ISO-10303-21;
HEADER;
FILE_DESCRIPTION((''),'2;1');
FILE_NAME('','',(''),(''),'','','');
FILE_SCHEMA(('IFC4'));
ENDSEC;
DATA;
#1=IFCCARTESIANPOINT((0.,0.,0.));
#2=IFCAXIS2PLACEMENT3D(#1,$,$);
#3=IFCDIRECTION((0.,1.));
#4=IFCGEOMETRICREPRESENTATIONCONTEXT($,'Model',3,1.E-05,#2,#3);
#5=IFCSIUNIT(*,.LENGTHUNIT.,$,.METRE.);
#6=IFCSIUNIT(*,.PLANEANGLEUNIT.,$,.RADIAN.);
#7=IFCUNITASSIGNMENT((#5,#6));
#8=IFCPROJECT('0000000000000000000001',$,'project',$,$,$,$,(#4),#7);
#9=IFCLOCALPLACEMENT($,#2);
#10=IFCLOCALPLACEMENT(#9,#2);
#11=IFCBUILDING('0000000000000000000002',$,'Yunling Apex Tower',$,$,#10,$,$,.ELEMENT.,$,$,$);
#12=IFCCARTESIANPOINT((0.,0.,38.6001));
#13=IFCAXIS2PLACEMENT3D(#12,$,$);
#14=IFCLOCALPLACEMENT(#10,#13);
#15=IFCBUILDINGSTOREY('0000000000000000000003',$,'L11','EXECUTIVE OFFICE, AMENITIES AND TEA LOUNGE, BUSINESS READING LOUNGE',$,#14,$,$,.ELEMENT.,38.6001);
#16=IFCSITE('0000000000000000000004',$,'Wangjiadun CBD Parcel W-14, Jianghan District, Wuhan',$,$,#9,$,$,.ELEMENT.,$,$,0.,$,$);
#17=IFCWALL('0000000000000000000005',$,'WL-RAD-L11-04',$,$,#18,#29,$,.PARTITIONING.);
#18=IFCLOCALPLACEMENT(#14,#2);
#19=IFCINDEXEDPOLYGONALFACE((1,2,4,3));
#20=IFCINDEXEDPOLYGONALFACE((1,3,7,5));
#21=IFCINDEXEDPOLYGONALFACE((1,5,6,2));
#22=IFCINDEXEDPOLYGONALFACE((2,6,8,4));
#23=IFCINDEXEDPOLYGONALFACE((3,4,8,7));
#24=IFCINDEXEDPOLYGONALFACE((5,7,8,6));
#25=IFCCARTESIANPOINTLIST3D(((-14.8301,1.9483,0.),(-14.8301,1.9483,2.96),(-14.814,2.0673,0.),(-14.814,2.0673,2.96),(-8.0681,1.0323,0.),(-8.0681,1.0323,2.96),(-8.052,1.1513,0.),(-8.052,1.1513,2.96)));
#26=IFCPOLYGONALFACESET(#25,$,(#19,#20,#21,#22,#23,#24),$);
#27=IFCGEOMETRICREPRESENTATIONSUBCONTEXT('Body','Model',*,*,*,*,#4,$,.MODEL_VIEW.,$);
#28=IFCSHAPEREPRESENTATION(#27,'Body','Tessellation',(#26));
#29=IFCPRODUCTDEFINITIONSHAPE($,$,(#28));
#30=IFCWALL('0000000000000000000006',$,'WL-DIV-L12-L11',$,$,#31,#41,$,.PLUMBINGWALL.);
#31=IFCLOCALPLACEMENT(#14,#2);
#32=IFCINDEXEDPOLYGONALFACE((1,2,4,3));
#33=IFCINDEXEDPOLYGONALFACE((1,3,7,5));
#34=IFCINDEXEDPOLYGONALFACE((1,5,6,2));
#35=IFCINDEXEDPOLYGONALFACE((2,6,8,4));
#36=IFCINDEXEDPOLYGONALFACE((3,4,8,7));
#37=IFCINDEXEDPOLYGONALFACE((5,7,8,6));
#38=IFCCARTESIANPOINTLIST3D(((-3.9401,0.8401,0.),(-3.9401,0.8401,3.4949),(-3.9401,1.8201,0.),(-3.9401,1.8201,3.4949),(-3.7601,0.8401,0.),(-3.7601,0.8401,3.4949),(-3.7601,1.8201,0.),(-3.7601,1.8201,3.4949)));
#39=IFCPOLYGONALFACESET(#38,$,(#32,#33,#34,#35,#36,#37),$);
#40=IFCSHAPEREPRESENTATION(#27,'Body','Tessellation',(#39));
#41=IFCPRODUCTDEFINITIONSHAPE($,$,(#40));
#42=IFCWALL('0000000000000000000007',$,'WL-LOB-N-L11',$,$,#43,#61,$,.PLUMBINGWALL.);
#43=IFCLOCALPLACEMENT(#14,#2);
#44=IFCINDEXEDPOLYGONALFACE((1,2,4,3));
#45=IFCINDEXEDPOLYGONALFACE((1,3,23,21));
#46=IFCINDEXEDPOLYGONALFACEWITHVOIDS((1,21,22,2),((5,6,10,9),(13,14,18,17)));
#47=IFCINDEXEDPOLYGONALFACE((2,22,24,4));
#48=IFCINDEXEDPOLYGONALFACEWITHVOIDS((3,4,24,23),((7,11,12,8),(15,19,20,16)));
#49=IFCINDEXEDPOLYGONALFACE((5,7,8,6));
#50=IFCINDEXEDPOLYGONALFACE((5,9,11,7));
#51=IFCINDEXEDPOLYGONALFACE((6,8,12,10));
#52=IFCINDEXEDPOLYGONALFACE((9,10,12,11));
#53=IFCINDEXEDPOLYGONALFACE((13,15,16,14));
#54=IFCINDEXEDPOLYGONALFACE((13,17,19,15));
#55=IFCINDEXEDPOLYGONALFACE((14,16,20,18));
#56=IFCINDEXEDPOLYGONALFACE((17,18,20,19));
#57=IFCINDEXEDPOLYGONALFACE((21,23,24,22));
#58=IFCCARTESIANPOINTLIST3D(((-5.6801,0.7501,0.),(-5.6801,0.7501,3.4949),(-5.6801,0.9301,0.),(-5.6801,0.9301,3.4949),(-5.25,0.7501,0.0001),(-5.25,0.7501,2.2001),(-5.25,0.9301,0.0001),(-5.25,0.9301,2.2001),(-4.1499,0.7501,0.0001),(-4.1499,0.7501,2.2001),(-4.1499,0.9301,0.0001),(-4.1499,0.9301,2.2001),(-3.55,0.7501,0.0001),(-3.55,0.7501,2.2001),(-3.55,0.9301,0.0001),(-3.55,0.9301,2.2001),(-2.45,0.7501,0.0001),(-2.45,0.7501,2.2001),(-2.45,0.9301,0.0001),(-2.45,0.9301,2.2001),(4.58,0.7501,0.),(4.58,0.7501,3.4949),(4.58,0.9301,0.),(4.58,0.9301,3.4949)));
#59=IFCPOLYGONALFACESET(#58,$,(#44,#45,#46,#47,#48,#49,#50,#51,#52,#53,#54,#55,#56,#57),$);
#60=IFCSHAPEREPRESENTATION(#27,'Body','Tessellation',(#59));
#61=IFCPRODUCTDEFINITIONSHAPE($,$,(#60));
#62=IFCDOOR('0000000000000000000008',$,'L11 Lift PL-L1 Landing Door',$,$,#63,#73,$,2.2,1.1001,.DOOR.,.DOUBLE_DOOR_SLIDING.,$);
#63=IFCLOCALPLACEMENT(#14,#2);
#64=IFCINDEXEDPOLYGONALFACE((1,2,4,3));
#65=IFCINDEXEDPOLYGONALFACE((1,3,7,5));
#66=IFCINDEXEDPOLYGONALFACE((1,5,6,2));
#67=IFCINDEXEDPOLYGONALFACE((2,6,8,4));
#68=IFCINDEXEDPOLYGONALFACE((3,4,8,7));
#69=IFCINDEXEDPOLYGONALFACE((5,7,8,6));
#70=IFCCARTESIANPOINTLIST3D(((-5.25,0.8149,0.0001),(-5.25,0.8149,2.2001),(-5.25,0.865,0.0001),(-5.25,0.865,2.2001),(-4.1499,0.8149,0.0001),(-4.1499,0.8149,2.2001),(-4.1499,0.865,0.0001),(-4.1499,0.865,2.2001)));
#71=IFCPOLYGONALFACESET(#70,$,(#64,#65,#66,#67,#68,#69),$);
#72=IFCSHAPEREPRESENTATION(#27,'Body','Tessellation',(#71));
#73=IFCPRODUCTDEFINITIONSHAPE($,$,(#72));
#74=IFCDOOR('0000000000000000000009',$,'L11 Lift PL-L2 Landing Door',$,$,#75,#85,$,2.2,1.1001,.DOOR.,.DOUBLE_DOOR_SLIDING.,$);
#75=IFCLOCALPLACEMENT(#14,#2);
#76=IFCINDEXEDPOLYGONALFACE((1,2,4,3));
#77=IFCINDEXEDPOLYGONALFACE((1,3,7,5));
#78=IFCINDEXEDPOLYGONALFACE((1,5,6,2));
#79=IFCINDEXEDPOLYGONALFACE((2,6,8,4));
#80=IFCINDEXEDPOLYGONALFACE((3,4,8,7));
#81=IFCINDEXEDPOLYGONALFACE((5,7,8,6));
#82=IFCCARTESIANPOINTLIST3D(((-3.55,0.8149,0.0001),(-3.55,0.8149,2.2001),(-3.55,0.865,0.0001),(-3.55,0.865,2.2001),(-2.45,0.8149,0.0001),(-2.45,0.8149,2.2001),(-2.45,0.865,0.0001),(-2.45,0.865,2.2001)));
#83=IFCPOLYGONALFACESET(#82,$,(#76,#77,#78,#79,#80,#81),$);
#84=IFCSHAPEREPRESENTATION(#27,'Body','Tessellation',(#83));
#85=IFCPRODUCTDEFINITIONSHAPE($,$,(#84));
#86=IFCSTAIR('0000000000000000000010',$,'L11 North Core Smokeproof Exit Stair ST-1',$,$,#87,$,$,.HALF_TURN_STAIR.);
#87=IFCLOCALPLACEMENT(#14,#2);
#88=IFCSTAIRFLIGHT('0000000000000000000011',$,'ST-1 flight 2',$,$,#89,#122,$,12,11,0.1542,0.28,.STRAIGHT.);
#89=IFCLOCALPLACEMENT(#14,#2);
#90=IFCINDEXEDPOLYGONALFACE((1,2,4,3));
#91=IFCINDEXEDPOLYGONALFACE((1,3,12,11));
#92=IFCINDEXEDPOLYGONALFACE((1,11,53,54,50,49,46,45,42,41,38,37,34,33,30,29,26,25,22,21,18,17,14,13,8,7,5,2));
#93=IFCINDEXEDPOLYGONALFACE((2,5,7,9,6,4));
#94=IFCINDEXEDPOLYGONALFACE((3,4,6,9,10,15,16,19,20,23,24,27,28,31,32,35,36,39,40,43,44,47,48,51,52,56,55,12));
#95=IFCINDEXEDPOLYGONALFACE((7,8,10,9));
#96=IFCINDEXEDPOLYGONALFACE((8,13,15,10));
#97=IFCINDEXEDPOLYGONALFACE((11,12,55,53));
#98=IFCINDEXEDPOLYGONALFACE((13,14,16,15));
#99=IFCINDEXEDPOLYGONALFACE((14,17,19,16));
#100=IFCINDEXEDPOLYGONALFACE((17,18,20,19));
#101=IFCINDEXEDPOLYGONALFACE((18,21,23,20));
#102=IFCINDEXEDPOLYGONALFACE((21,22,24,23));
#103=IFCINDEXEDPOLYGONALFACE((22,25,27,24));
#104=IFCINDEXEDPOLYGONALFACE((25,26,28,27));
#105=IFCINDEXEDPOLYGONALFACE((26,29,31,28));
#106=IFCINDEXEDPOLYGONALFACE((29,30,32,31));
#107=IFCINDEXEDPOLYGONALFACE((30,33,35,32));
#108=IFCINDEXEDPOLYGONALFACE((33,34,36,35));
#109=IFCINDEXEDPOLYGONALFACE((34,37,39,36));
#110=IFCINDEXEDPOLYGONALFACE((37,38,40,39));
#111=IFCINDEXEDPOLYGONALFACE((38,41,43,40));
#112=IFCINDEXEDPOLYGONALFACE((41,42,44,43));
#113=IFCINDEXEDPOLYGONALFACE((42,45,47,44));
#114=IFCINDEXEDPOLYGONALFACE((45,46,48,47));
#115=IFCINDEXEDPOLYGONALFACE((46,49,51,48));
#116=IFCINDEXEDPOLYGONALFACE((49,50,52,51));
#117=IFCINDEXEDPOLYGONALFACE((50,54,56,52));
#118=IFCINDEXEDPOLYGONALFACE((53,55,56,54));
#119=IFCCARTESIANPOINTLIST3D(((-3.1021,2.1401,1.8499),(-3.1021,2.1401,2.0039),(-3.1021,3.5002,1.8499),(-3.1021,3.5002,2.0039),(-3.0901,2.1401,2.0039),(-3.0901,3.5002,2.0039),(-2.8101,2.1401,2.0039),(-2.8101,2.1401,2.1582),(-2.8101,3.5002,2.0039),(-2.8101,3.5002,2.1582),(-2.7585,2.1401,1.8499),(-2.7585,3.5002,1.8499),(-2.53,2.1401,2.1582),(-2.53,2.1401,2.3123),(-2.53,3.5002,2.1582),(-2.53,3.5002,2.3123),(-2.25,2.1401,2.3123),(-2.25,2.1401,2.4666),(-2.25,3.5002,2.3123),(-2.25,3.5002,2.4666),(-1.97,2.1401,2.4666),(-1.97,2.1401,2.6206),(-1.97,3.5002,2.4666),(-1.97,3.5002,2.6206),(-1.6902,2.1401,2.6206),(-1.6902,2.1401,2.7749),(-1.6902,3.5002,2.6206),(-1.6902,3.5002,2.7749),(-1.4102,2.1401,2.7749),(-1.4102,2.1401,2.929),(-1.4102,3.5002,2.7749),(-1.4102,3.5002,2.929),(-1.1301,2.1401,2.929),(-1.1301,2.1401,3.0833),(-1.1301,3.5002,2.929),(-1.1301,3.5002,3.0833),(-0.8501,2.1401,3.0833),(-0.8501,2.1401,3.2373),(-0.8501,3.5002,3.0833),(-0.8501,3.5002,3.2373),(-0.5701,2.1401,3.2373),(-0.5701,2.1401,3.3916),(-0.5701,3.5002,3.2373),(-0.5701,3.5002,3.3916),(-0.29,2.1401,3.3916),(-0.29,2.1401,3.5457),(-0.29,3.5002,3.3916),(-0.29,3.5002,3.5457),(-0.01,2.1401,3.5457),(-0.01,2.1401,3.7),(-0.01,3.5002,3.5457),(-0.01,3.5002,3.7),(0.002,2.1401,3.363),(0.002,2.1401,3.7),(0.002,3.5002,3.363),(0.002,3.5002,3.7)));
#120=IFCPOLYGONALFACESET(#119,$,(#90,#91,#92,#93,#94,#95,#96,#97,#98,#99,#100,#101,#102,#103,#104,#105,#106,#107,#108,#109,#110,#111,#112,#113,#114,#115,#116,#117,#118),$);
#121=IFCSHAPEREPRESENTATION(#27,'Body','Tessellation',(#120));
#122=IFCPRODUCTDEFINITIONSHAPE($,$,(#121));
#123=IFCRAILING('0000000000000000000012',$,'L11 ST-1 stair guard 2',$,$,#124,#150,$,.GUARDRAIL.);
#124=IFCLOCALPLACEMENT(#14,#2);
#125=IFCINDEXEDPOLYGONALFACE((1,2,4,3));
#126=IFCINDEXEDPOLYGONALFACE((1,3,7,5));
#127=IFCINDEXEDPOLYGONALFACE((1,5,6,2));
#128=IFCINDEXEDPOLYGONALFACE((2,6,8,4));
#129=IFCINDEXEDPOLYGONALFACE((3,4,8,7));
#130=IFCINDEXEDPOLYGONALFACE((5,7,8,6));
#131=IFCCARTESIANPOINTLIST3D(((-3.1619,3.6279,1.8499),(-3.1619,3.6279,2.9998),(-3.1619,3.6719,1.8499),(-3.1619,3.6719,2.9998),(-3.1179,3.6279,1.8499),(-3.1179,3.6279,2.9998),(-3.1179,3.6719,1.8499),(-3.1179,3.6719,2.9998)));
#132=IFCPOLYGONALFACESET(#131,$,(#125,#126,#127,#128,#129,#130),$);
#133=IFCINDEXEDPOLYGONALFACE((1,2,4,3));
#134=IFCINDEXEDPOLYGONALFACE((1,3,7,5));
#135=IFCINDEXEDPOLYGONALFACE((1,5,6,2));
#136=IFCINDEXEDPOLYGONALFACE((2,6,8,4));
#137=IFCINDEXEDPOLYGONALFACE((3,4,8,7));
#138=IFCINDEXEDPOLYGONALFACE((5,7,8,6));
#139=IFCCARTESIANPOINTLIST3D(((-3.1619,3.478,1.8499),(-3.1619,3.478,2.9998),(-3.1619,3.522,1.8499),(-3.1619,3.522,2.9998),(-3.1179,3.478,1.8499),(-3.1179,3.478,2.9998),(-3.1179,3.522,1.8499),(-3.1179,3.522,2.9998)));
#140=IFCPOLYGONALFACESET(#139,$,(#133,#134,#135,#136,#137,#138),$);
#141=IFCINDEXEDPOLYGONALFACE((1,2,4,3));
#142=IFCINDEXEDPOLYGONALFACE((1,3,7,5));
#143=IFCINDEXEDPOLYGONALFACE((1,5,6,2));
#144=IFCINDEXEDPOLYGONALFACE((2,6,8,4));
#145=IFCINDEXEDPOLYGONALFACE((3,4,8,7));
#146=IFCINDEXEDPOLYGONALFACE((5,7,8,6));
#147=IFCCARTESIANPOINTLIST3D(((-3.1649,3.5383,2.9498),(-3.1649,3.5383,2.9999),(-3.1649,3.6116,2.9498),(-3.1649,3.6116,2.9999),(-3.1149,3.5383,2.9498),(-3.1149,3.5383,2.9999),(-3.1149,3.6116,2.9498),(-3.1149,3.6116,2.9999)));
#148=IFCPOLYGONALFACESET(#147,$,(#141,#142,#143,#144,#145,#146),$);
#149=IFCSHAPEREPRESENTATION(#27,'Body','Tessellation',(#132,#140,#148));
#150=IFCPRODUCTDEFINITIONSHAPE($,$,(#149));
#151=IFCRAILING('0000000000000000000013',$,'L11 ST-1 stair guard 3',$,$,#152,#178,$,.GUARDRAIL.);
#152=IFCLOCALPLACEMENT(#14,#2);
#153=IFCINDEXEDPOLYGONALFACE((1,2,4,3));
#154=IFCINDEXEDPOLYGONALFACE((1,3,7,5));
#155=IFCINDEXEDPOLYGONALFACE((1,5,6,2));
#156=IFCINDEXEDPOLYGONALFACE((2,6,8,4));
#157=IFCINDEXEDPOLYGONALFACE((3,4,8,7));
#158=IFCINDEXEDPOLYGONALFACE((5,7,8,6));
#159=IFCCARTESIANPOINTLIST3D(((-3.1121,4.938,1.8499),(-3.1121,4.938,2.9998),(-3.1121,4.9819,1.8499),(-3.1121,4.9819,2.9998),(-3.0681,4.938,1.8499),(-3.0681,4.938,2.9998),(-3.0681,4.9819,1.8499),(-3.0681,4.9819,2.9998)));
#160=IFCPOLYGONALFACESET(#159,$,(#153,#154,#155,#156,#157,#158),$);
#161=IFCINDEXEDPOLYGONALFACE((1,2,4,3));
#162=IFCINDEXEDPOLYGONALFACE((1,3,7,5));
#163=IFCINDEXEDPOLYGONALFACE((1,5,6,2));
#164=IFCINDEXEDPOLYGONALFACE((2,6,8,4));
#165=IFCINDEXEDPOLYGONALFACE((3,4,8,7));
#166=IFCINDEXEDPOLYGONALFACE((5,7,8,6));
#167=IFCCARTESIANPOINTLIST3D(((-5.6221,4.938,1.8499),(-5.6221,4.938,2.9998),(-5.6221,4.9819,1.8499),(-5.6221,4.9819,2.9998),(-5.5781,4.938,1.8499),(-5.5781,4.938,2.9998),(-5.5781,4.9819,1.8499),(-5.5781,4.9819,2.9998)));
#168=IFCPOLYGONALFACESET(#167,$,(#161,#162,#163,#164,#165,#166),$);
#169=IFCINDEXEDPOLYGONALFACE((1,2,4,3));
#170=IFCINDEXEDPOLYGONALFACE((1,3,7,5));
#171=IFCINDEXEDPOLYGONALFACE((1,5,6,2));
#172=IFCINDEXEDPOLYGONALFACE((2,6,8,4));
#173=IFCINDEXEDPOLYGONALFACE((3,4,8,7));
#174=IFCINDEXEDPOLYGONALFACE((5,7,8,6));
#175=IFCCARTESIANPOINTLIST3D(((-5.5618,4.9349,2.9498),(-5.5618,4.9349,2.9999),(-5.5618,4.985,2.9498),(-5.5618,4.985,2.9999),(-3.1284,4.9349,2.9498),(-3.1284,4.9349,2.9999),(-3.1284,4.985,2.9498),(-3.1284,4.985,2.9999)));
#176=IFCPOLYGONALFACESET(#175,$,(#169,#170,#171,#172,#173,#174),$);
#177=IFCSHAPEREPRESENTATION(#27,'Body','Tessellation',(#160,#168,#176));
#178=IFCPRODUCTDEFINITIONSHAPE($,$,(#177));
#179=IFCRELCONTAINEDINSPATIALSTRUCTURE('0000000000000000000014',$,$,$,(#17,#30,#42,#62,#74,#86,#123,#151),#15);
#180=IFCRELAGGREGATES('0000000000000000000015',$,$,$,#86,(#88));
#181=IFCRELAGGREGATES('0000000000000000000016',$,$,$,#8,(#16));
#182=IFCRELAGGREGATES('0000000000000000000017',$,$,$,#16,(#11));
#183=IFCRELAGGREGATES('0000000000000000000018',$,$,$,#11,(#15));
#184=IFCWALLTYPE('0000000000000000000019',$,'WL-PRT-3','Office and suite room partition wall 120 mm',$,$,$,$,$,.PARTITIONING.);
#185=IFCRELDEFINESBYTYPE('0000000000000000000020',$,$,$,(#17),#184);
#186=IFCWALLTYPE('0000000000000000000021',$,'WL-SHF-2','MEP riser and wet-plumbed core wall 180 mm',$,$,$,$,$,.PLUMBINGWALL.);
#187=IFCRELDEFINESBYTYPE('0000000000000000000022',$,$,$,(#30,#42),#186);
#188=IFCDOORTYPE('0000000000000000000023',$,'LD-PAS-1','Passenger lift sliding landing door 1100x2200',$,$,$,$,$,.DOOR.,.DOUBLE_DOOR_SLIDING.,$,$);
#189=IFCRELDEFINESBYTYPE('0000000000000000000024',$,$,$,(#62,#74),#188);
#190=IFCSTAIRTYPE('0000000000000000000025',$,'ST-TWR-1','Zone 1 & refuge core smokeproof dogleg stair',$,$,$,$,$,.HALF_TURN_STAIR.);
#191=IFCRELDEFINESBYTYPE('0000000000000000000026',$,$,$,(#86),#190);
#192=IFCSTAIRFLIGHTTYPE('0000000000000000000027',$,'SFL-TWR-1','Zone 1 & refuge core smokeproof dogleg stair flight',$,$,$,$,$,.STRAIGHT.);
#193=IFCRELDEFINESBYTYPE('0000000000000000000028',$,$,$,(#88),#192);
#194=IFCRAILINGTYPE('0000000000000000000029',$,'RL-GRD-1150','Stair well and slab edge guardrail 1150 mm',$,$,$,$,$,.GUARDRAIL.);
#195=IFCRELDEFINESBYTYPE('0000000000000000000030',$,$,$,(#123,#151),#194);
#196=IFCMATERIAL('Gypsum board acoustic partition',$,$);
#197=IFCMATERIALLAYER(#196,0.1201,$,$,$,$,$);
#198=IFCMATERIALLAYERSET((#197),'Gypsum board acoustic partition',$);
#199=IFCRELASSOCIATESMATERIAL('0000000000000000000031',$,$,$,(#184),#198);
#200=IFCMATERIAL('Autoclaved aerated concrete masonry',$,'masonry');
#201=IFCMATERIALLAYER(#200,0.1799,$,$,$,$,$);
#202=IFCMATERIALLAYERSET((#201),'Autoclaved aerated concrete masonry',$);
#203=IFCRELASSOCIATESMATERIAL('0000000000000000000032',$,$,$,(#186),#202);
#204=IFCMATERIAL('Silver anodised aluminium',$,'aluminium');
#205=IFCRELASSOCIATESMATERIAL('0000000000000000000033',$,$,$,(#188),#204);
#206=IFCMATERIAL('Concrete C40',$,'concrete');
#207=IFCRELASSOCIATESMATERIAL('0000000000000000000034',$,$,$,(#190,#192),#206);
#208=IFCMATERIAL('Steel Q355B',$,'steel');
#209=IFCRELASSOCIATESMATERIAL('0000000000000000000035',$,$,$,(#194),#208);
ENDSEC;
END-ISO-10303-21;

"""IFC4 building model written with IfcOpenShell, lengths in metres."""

from ifc_helpers import new_model, si_unit, direction, frame, frame_2d, origin, origin_2d, place, context, subcontext, project, spatial, polyline, rectangle, outline, extrude, material, layer, layer_set, type_object, element, fill, aggregate, save


model = new_model("IFC4")

# Units and contexts
model_context = context("Model", 3, precision=1e-05, world=origin(), true_north=direction((0.0, 1.0)))
body_context = subcontext(model_context, "Body", "Model", "MODEL_VIEW")
ifc_project = project(units=[si_unit("LENGTHUNIT", "METRE"), si_unit("PLANEANGLEUNIT", "RADIAN")], contexts=[model_context])

# Site, building, storey
site_placement = place(None, origin())
site = spatial("IfcSite", under=ifc_project, at=site_placement, Name="Wangjiadun CBD Parcel W-14, Jianghan District, Wuhan", CompositionType="ELEMENT", RefElevation=0.0)
building_placement = place(site_placement, origin())
building = spatial("IfcBuilding", under=site, at=building_placement, Name="Yunling Apex Tower", CompositionType="ELEMENT")
storey_placement = place(building_placement, frame((0.0, 0.0, 38.6001)))
storey = spatial("IfcBuildingStorey", under=building, at=storey_placement, Name="L11", Description="EXECUTIVE OFFICE, AMENITIES AND TEA LOUNGE, BUSINESS READING LOUNGE", CompositionType="ELEMENT", Elevation=38.6001)

# Shared definitions
ifc_material_1 = material(Name="Steel Q355B", Category="steel")

# Walls
ifc_material_2 = material(Name="Concrete C40", Category="concrete")
ifc_material_3 = material(Name="Gypsum board acoustic partition")
ifc_layer_1 = layer(ifc_material_3, 0.1201)
ifc_layer_set_1 = layer_set([ifc_layer_1], Name="Gypsum board acoustic partition")
wall_type_1 = type_object("IfcWallType", Name="WL-PRT-3", Description="Office and suite room partition wall 120 mm", PredefinedType="PARTITIONING", material=ifc_layer_set_1)
wall_1_placement = place(storey_placement, frame((-8.0601, 1.0918, 0.0), z_axis=(0.0, 0.0, 1.0), x_axis=(-0.990949, 0.13424, 0.0)))
element("IfcWall", 1, at=wall_1_placement, inside=storey, type_object=wall_type_1, Name="WL-RAD-L11-04", PredefinedType="PARTITIONING", context=body_context, shape_type="SweptSolid", body=[
    extrude(rectangle(XDim=6.8237, YDim=0.1201, at=frame_2d((3.4119, 0.0))), origin(), (0.0, 0.0, 1.0), 2.96),
])
ifc_material_4 = material(Name="Autoclaved aerated concrete masonry", Category="masonry")
ifc_layer_2 = layer(ifc_material_4, 0.1799)
ifc_layer_set_2 = layer_set([ifc_layer_2], Name="Autoclaved aerated concrete masonry")
wall_type_2 = type_object("IfcWallType", Name="WL-SHF-2", Description="MEP riser and wet-plumbed core wall 180 mm", PredefinedType="PLUMBINGWALL", material=ifc_layer_set_2)
wall_2_placement = place(storey_placement, frame((-3.8501, 0.8401, 0.0), z_axis=(0.0, 0.0, 1.0), x_axis=(0.0, 1.0, 0.0)))
element("IfcWall", 2, at=wall_2_placement, inside=storey, type_object=wall_type_2, Name="WL-DIV-L12-L11", PredefinedType="PLUMBINGWALL", context=body_context, shape_type="SweptSolid", body=[
    extrude(rectangle(XDim=0.98, YDim=0.1799, at=frame_2d((0.49, 0.0))), origin(), (0.0, 0.0, 1.0), 3.4949),
])

# Wall, openings, doors
wall_3_placement = place(storey_placement, frame((-5.6799, 0.8401, 0.0), z_axis=(0.0, 0.0, 1.0), x_axis=(1.0, 0.0, 0.0)))
wall_3 = element("IfcWall", 3, at=wall_3_placement, inside=storey, type_object=wall_type_2, Name="WL-LOB-N-L11", PredefinedType="PLUMBINGWALL", context=body_context, shape_type="SweptSolid", body=[
    extrude(rectangle(XDim=10.26, YDim=0.1799, at=frame_2d((5.1299, 0.0))), origin(), (0.0, 0.0, 1.0), 3.4949),
])
opening_1_placement = place(wall_3_placement, frame((0.4299, 0.0, 0.0)))
opening_1 = element("IfcOpeningElement", 4, at=opening_1_placement, cuts=wall_3, PredefinedType="OPENING", context=body_context, shape_type="SweptSolid", body=[
    extrude(rectangle(XDim=1.1001, YDim=2.2, at=frame_2d((0.55, 1.1001))), frame((0.0, 0.1001, 0.0), z_axis=(0.0, -1.0, 0.0), x_axis=(1.0, 0.0, 0.0)), (0.0, 0.0, 1.0), 0.2),
])
opening_2_placement = place(wall_3_placement, frame((2.1299, 0.0, 0.0)))
opening_2 = element("IfcOpeningElement", 5, at=opening_2_placement, cuts=wall_3, PredefinedType="OPENING", context=body_context, shape_type="SweptSolid", body=[
    extrude(rectangle(XDim=1.1001, YDim=2.2, at=frame_2d((0.55, 1.1001))), frame((0.0, 0.1001, 0.0), z_axis=(0.0, -1.0, 0.0), x_axis=(1.0, 0.0, 0.0)), (0.0, 0.0, 1.0), 0.2),
])
ifc_material_5 = material(Name="Silver anodised aluminium", Category="aluminium")
door_type_1 = type_object("IfcDoorType", Name="LD-PAS-1", Description="Passenger lift sliding landing door 1100x2200", OperationType="DOUBLE_DOOR_SLIDING", PredefinedType="DOOR", material=ifc_material_5)
door_1_placement = place(opening_1_placement, origin())
door_1 = element("IfcDoor", 6, at=door_1_placement, inside=storey, type_object=door_type_1, Name="L11 Lift PL-L1 Landing Door", OperationType="DOUBLE_DOOR_SLIDING", OverallHeight=2.2, OverallWidth=1.1001, PredefinedType="DOOR", context=body_context, shape_type="SweptSolid", body=[
    extrude(rectangle(XDim=1.1001, YDim=2.2, at=frame_2d((0.55, 1.1001))), frame((0.0, 0.0249, 0.0), z_axis=(0.0, -1.0, 0.0), x_axis=(1.0, 0.0, 0.0)), (0.0, 0.0, 1.0), 0.05),
])
fill(opening_1, door_1)
door_2_placement = place(opening_2_placement, origin())
door_2 = element("IfcDoor", 7, at=door_2_placement, inside=storey, type_object=door_type_1, Name="L11 Lift PL-L2 Landing Door", OperationType="DOUBLE_DOOR_SLIDING", OverallHeight=2.2, OverallWidth=1.1001, PredefinedType="DOOR", context=body_context, shape_type="SweptSolid", body=[
    extrude(rectangle(XDim=1.1001, YDim=2.2, at=frame_2d((0.55, 1.1001))), frame((0.0, 0.0249, 0.0), z_axis=(0.0, -1.0, 0.0), x_axis=(1.0, 0.0, 0.0)), (0.0, 0.0, 1.0), 0.05),
])
fill(opening_2, door_2)

# Stair, stair flight
stair_type = type_object("IfcStairType", Name="ST-TWR-1", Description="Zone 1 & refuge core smokeproof dogleg stair", PredefinedType="HALF_TURN_STAIR", material=ifc_material_2)
stair_placement = place(storey_placement, origin())
stair = element("IfcStair", 8, at=stair_placement, inside=storey, type_object=stair_type, Name="L11 North Core Smokeproof Exit Stair ST-1", PredefinedType="HALF_TURN_STAIR")
stair_flight_type = type_object("IfcStairFlightType", Name="SFL-TWR-1", Description="Zone 1 & refuge core smokeproof dogleg stair flight", PredefinedType="STRAIGHT", material=ifc_material_2)
stair_flight_placement = place(storey_placement, frame((-3.0901, 2.8201, 1.8499), z_axis=(0.0, 0.0, 1.0), x_axis=(1.0, 0.0, 0.0)))
stair_flight = element("IfcStairFlight", 9, at=stair_flight_placement, type_object=stair_flight_type, Name="ST-1 flight 2", NumberOfRisers=12, NumberOfTreads=11, PredefinedType="STRAIGHT", RiserHeight=0.1542, TreadLength=0.28, context=body_context, shape_type="SweptSolid", body=[
    extrude(outline(polyline([(-0.012, 0.0), (-0.012, 0.1541), (0.0, 0.1541), (0.28, 0.1541), (0.28, 0.3083), (0.5601, 0.3083), (0.5601, 0.4624), (0.8401, 0.4624), (0.8401, 0.6167), (1.1201, 0.6167), (1.1201, 0.7708), (1.3999, 0.7708), (1.3999, 0.925), (1.6799, 0.925), (1.6799, 1.0791), (1.96, 1.0791), (1.96, 1.2334), (2.24, 1.2334), (2.24, 1.3875), (2.52, 1.3875), (2.52, 1.5417), (2.8, 1.5417), (2.8, 1.6958), (3.0801, 1.6958), (3.0801, 1.8501), (3.092, 1.8501), (3.092, 1.5132), (0.3315, 0.0), (-0.012, 0.0)])), frame((0.0, 0.6802, 0.0), z_axis=(0.0, -1.0, 0.0), x_axis=(1.0, 0.0, 0.0)), (0.0, 0.0, 1.0), 1.3601),
])
aggregate(stair, [stair_flight])

# Railings
railing_type_1 = type_object("IfcRailingType", Name="RL-GRD-1150", Description="Stair well and slab edge guardrail 1150 mm", PredefinedType="GUARDRAIL", material=ifc_material_1)
railing_1_placement = place(storey_placement, frame((-3.1399, 3.6499, 1.8499)))
element("IfcRailing", 10, at=railing_1_placement, inside=storey, type_object=railing_type_1, Name="L11 ST-1 stair guard 2", PredefinedType="GUARDRAIL", context=body_context, shape_type="SweptSolid", body=[
    extrude(rectangle(XDim=0.0439, YDim=0.0439, at=origin_2d()), origin(), (0.0, 0.0, 1.0), 1.1499),
    extrude(rectangle(XDim=0.0439, YDim=0.0439, at=origin_2d()), frame((0.0, -0.1499, 0.0)), (0.0, 0.0, 1.0), 1.1499),
    extrude(rectangle(XDim=0.05, YDim=0.05, at=origin_2d()), frame((0.0, -0.0383, 1.125), z_axis=(0.0, -1.0, 0.0), x_axis=(1.0, 0.0, 0.0)), (0.0, 0.0, 1.0), 0.0732),
])
railing_2_placement = place(storey_placement, frame((-3.0901, 4.96, 1.8499)))
element("IfcRailing", 11, at=railing_2_placement, inside=storey, type_object=railing_type_1, Name="L11 ST-1 stair guard 3", PredefinedType="GUARDRAIL", context=body_context, shape_type="SweptSolid", body=[
    extrude(rectangle(XDim=0.0439, YDim=0.0439, at=origin_2d()), origin(), (0.0, 0.0, 1.0), 1.1499),
    extrude(rectangle(XDim=0.0439, YDim=0.0439, at=origin_2d()), frame((-2.51, 0.0, 0.0)), (0.0, 0.0, 1.0), 1.1499),
    extrude(rectangle(XDim=0.05, YDim=0.05, at=origin_2d()), frame((-0.0383, 0.0, 1.125), z_axis=(-1.0, 0.0, 0.0), x_axis=(0.0, -1.0, 0.0)), (0.0, 0.0, 1.0), 2.4333),
])

save(model, "model.ifc")
